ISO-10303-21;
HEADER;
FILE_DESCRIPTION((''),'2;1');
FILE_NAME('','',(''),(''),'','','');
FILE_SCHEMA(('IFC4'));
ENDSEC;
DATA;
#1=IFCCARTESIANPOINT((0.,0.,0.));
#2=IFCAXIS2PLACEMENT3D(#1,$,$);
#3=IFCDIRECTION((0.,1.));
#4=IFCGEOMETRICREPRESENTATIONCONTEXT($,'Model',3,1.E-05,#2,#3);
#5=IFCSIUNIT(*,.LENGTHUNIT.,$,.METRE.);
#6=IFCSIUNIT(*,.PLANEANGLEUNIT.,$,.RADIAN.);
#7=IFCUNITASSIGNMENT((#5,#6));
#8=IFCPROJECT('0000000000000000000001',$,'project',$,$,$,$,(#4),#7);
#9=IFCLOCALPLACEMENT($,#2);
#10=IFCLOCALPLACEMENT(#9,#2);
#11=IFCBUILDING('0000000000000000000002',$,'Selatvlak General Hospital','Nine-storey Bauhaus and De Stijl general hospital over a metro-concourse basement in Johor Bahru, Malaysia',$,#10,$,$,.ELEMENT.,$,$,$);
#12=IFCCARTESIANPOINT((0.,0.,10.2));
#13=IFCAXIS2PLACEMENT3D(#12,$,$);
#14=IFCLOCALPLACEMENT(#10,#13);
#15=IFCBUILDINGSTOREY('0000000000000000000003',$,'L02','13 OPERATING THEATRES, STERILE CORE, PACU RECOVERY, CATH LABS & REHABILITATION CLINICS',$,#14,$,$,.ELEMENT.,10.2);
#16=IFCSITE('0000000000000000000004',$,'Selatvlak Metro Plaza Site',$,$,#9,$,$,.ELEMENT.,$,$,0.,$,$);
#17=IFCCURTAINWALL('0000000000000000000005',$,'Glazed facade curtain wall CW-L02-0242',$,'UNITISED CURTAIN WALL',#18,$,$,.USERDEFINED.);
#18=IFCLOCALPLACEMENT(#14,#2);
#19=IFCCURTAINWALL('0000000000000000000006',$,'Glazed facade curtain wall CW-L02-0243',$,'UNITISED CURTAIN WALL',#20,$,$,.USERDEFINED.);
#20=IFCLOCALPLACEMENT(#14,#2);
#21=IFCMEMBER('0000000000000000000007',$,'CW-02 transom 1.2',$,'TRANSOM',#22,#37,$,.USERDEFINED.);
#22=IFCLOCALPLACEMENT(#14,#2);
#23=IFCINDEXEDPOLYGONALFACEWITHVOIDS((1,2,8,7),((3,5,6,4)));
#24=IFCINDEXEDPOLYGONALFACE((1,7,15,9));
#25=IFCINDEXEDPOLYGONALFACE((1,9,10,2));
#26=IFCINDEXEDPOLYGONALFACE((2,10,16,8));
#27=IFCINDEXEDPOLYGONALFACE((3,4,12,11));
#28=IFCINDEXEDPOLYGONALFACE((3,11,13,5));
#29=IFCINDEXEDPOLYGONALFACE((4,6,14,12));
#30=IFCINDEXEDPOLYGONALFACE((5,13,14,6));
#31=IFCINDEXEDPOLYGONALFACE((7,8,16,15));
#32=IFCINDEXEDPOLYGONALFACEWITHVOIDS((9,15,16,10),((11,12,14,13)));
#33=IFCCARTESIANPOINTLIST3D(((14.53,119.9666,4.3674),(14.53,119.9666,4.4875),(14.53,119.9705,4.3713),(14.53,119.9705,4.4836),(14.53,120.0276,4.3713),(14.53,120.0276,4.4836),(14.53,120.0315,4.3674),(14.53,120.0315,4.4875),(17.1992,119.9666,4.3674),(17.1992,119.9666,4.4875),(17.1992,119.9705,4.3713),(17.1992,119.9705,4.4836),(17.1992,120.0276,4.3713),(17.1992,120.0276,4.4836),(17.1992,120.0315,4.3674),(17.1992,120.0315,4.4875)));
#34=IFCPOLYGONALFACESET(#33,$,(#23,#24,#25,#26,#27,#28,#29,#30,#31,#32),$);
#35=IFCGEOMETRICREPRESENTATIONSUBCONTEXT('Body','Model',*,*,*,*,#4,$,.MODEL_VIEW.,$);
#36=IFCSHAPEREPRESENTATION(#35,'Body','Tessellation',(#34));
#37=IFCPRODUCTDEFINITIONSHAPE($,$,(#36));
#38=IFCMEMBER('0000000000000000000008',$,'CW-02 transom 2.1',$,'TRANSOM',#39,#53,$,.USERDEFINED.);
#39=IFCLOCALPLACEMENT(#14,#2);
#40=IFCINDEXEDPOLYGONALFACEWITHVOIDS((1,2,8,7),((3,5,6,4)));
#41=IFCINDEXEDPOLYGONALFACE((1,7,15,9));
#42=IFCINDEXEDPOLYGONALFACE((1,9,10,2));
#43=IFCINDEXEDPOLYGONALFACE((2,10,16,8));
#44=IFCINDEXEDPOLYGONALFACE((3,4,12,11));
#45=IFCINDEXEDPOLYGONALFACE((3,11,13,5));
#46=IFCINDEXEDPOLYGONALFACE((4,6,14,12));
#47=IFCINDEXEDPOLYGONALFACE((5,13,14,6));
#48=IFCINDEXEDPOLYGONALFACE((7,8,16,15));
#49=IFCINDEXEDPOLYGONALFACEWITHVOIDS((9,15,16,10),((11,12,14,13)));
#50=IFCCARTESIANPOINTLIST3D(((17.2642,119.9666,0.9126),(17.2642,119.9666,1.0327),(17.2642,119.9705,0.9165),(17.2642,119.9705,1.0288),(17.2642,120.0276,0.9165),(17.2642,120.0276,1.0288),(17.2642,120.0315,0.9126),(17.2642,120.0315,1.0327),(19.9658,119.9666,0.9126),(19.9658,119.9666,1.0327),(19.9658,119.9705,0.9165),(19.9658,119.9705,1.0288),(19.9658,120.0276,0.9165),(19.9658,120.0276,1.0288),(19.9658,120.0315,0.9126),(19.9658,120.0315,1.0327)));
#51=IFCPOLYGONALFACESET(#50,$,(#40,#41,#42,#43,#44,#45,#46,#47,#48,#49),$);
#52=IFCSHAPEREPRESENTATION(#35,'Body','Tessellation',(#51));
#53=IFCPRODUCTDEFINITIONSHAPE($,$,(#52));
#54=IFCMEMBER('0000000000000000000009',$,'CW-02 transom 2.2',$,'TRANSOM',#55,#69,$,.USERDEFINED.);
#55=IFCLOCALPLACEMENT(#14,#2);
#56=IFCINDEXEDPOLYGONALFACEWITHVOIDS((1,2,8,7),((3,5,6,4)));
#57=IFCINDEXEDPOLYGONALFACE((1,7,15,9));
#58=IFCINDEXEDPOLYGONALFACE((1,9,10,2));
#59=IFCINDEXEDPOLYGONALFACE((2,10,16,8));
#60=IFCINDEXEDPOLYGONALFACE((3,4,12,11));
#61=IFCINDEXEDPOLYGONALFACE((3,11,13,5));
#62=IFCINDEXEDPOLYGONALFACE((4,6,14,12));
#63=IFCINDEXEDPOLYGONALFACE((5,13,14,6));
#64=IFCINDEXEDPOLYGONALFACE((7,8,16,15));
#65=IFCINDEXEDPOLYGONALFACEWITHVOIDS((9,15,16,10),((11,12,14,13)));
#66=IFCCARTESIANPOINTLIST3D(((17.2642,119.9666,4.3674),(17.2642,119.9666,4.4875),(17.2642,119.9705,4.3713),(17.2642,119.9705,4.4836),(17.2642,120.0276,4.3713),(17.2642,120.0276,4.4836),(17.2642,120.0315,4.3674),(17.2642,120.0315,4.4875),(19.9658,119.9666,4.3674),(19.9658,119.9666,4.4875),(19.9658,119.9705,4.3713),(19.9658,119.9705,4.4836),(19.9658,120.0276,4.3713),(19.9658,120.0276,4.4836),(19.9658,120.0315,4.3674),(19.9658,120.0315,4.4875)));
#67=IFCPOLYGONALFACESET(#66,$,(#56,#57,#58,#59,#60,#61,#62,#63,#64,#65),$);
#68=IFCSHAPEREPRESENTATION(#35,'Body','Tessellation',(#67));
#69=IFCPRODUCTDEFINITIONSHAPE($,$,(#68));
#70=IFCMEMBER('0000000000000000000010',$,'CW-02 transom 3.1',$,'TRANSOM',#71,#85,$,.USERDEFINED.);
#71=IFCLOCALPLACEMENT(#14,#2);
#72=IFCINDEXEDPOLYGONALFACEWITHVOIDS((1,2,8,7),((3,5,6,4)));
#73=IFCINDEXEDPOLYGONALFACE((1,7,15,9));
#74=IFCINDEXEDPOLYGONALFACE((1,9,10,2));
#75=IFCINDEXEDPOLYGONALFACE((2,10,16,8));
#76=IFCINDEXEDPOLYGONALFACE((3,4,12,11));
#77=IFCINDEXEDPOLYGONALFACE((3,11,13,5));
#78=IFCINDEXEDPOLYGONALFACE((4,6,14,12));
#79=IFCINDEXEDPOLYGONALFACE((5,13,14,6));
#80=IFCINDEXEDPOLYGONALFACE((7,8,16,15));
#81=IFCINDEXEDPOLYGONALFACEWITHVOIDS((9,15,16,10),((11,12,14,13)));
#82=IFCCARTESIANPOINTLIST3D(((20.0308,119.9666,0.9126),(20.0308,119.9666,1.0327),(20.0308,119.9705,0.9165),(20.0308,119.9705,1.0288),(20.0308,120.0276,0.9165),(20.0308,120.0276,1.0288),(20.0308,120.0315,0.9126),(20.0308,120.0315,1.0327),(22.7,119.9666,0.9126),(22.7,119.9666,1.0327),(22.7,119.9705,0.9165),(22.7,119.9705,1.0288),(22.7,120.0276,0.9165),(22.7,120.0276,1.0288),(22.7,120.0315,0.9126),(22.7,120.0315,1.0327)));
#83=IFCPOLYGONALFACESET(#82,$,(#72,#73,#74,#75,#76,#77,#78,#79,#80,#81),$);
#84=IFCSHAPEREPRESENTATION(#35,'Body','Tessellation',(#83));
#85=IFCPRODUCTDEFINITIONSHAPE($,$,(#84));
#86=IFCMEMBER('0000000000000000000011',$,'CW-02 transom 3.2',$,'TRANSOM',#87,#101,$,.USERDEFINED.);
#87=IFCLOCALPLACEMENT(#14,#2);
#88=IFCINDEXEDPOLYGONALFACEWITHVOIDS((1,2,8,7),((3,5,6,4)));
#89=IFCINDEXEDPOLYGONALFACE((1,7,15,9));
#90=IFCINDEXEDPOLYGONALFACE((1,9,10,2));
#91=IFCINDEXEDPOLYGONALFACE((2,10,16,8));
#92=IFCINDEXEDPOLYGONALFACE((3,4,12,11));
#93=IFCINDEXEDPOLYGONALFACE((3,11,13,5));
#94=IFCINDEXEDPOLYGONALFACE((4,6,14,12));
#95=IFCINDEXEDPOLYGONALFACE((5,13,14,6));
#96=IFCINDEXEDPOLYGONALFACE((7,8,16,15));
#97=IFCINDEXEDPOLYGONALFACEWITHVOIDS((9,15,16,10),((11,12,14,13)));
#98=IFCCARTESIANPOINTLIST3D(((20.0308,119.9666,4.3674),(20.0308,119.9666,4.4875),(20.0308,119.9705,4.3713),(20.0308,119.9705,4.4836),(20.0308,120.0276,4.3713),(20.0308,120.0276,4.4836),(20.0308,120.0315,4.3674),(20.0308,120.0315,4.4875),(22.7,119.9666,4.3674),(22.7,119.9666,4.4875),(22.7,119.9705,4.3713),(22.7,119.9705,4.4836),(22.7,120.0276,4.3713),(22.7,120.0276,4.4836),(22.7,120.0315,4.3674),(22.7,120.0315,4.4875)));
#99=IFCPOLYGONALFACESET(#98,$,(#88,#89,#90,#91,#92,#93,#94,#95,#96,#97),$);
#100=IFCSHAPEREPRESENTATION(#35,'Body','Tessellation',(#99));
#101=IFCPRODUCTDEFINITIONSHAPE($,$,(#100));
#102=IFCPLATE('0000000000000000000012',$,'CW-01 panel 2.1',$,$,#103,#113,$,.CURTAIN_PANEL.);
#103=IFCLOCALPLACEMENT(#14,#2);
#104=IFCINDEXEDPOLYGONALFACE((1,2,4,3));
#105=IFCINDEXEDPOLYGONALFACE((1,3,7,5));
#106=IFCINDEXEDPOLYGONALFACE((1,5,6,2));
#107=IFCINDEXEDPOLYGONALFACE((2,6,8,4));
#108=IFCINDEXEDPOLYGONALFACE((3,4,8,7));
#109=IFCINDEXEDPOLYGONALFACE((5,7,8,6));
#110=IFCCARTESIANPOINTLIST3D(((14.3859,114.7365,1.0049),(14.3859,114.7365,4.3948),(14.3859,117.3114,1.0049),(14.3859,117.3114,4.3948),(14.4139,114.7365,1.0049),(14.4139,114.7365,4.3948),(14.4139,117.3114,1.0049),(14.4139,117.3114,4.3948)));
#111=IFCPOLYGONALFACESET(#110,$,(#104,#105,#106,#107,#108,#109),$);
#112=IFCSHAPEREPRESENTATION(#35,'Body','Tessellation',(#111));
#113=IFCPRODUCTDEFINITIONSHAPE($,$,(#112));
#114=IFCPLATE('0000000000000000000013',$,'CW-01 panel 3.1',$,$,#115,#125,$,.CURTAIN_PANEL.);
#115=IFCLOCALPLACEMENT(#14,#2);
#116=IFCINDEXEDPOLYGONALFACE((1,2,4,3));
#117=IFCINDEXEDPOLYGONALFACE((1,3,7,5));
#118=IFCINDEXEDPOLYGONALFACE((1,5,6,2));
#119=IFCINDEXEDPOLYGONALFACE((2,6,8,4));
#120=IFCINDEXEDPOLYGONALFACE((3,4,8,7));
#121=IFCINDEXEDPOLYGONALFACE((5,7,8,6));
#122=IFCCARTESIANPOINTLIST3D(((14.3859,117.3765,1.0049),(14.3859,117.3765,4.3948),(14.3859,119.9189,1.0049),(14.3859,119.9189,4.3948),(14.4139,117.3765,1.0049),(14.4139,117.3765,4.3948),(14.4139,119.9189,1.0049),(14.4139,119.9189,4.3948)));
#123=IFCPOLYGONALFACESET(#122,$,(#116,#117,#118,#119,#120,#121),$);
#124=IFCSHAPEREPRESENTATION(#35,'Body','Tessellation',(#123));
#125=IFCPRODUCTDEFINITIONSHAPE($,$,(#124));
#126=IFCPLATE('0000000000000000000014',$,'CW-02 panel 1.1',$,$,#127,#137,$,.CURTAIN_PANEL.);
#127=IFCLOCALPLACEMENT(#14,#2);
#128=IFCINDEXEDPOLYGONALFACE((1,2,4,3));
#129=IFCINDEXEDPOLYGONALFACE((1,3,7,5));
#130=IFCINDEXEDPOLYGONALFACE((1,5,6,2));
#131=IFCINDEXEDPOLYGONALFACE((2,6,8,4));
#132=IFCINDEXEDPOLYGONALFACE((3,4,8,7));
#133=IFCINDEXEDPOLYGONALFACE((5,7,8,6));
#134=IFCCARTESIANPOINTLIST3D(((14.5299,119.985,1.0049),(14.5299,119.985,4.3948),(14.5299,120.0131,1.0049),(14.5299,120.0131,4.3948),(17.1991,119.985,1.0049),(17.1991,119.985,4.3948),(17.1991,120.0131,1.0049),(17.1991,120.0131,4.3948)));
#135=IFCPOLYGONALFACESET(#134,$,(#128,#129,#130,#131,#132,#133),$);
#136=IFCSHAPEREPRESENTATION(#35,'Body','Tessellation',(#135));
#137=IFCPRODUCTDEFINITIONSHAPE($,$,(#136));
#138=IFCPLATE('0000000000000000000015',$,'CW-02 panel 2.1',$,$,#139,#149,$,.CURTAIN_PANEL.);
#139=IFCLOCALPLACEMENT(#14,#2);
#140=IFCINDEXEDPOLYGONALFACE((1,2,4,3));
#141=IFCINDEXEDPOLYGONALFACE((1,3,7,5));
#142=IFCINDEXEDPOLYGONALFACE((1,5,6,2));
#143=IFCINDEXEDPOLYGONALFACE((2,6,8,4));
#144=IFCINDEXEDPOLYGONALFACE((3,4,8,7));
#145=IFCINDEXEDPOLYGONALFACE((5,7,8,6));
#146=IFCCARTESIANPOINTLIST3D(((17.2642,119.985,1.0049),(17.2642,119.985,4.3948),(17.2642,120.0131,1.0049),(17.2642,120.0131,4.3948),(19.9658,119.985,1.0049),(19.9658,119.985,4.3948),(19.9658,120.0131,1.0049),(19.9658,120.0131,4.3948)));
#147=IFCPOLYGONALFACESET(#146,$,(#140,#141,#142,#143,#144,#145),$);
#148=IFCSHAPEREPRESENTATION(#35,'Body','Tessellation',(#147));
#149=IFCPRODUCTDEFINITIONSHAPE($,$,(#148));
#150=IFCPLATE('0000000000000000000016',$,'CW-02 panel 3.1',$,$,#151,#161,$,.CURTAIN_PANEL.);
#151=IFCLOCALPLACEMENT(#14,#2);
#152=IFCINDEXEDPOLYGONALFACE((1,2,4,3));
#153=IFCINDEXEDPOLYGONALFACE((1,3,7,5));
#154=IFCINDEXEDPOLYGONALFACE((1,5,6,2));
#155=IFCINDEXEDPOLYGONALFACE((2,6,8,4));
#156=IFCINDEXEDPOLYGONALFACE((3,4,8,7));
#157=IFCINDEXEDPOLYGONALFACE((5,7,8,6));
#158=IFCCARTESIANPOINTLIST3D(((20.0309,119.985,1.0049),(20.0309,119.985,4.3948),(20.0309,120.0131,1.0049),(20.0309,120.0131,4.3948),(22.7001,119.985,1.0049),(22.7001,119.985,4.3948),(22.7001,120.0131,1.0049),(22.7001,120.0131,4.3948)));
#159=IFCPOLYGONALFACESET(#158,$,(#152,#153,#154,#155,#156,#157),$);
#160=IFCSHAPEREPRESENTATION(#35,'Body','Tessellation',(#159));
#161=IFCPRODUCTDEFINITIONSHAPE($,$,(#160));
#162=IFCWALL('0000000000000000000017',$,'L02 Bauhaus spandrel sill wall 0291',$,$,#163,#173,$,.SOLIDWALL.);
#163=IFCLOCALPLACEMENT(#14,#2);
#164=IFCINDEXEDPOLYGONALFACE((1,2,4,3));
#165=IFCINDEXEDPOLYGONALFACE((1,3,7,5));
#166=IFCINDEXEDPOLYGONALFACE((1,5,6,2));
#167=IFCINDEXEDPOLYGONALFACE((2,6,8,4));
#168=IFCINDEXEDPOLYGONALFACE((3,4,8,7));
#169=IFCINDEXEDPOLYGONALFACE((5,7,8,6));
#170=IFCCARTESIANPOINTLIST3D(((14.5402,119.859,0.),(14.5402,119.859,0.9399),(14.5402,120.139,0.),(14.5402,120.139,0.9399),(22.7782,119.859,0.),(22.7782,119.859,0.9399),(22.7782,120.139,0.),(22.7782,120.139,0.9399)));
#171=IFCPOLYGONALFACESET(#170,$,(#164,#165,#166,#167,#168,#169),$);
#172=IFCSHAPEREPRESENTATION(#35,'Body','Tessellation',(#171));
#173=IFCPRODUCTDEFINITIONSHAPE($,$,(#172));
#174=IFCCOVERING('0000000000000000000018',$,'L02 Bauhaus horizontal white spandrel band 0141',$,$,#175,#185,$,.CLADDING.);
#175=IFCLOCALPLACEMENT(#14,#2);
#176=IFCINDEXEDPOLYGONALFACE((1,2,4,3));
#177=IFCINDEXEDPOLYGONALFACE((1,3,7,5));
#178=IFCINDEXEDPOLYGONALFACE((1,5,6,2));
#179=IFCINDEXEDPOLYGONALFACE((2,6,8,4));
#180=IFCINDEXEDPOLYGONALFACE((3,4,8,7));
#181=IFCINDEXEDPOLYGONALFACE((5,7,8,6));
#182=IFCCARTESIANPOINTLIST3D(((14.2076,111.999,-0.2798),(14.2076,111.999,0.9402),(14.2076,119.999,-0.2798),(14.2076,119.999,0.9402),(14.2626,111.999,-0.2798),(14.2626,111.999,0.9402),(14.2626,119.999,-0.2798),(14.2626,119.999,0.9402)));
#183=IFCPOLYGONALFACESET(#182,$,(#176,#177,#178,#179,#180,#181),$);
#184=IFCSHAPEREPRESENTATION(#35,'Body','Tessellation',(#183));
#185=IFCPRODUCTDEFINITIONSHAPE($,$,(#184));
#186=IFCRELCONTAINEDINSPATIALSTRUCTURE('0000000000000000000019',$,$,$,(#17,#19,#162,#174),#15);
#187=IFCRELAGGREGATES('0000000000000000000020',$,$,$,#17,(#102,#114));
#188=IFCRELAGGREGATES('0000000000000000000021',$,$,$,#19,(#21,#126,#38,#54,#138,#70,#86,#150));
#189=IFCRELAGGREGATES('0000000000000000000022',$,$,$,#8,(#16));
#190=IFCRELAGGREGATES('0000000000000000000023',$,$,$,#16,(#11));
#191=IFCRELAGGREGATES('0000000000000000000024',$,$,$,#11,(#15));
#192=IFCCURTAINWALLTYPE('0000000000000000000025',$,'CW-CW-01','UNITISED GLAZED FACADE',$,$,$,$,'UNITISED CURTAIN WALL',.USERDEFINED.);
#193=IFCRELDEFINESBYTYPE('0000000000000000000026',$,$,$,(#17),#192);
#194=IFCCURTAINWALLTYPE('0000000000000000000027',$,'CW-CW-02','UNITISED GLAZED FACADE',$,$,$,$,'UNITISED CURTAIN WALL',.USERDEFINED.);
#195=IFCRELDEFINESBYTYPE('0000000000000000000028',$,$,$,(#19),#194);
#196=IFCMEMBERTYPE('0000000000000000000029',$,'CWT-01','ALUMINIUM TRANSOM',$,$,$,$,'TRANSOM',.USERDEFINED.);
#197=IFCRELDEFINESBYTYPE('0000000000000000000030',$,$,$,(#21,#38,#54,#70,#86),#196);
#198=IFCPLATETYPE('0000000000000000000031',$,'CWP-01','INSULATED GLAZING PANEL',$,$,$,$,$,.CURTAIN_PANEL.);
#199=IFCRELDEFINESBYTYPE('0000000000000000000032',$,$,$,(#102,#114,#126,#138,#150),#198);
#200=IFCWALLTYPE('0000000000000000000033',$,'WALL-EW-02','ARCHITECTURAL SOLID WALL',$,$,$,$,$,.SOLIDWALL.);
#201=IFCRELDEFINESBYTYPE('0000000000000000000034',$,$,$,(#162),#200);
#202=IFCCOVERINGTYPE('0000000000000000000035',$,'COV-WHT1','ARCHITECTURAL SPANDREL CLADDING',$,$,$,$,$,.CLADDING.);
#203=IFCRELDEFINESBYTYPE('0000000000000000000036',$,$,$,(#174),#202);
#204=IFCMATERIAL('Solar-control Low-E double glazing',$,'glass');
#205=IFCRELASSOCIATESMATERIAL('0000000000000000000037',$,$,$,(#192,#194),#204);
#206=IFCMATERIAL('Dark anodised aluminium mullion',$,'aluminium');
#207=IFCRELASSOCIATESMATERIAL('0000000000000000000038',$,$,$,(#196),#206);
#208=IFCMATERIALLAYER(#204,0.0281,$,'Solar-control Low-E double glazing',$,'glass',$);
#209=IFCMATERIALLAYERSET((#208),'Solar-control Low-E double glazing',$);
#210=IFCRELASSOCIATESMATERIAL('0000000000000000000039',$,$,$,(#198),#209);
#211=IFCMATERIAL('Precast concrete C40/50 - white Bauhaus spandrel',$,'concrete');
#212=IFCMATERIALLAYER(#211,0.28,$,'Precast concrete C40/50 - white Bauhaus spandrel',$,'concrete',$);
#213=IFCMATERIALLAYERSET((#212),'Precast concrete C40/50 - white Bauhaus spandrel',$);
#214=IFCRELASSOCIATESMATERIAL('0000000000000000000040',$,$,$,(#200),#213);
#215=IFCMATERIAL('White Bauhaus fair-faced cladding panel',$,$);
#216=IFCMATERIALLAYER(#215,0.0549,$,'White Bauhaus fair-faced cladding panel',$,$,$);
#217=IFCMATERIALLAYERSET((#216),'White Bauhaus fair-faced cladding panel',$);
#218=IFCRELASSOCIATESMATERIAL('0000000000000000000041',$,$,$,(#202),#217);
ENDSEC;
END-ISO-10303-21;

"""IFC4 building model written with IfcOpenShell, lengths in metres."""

from ifc_helpers import new_model, si_unit, direction, frame, frame_2d, origin, origin_2d, place, context, subcontext, project, spatial, rectangle, hollow_rectangle, extrude, material, layer, layer_set, material_profile, profile_set, type_object, element, aggregate, save


model = new_model("IFC4")

# Units and contexts
model_context = context("Model", 3, precision=1e-05, world=origin(), true_north=direction((0.0, 1.0)))
body_context = subcontext(model_context, "Body", "Model", "MODEL_VIEW")
ifc_project = project(units=[si_unit("LENGTHUNIT", "METRE"), si_unit("PLANEANGLEUNIT", "RADIAN")], contexts=[model_context])

# Site, building, storey
site_placement = place(None, origin())
site = spatial("IfcSite", under=ifc_project, at=site_placement, Name="Selatvlak Metro Plaza Site", CompositionType="ELEMENT", RefElevation=0.0)
building_placement = place(site_placement, origin())
building = spatial("IfcBuilding", under=site, at=building_placement, Name="Selatvlak General Hospital", Description="Nine-storey Bauhaus and De Stijl general hospital over a metro-concourse basement in Johor Bahru, Malaysia", CompositionType="ELEMENT")
storey_placement = place(building_placement, frame((0.0, 0.0, 10.2)))
storey = spatial("IfcBuildingStorey", under=building, at=storey_placement, Name="L02", Description="13 OPERATING THEATRES, STERILE CORE, PACU RECOVERY, CATH LABS & REHABILITATION CLINICS", CompositionType="ELEMENT", Elevation=10.2)

# Curtain walls
ifc_material_1 = material(Name="Solar-control Low-E double glazing", Category="glass")
curtain_wall_type_1 = type_object("IfcCurtainWallType", Name="CW-CW-01", Description="UNITISED GLAZED FACADE", ElementType="UNITISED CURTAIN WALL", PredefinedType="USERDEFINED", material=ifc_material_1)
curtain_wall_1_placement = place(storey_placement, origin())
curtain_wall_1 = element("IfcCurtainWall", 1, at=curtain_wall_1_placement, inside=storey, type_object=curtain_wall_type_1, Name="Glazed facade curtain wall CW-L02-0242", ObjectType="UNITISED CURTAIN WALL", PredefinedType="USERDEFINED")
ifc_material_2 = material(Name="Dark anodised aluminium mullion", Category="aluminium")
curtain_wall_type_2 = type_object("IfcCurtainWallType", Name="CW-CW-02", Description="UNITISED GLAZED FACADE", ElementType="UNITISED CURTAIN WALL", PredefinedType="USERDEFINED", material=ifc_material_1)
curtain_wall_2_placement = place(storey_placement, origin())
curtain_wall_2 = element("IfcCurtainWall", 2, at=curtain_wall_2_placement, inside=storey, type_object=curtain_wall_type_2, Name="Glazed facade curtain wall CW-L02-0243", ObjectType="UNITISED CURTAIN WALL", PredefinedType="USERDEFINED")

# Members
ifc_material_profile_1 = material_profile(ifc_material_2, hollow_rectangle(XDim=0.0649, YDim=0.1201, WallThickness=0.0039, at=origin_2d()), Name="AL-TRN 65x120x4")
ifc_profile_set_1 = profile_set([ifc_material_profile_1], Name="Dark anodised aluminium mullion")
member_type_1 = type_object("IfcMemberType", Name="CWT-01", Description="ALUMINIUM TRANSOM", ElementType="TRANSOM", PredefinedType="USERDEFINED", material=ifc_profile_set_1)
member_1_placement = place(storey_placement, frame((14.53, 119.999, 4.4275), z_axis=(1.0, 0.0, 0.0), x_axis=(0.0, 1.0, 0.0)))
member_1 = element("IfcMember", 3, at=member_1_placement, type_object=member_type_1, Name="CW-02 transom 1.2", ObjectType="TRANSOM", PredefinedType="USERDEFINED", context=body_context, shape_type="SweptSolid", body=[
    extrude(hollow_rectangle(XDim=0.0649, YDim=0.1201, WallThickness=0.0039, at=origin_2d()), origin(), (0.0, 0.0, 1.0), 2.6692),
])
member_2_placement = place(storey_placement, frame((17.2642, 119.999, 0.9727), z_axis=(1.0, 0.0, 0.0), x_axis=(0.0, 1.0, 0.0)))
member_2 = element("IfcMember", 4, at=member_2_placement, type_object=member_type_1, Name="CW-02 transom 2.1", ObjectType="TRANSOM", PredefinedType="USERDEFINED", context=body_context, shape_type="SweptSolid", body=[
    extrude(hollow_rectangle(XDim=0.0649, YDim=0.1201, WallThickness=0.0039, at=origin_2d()), origin(), (0.0, 0.0, 1.0), 2.7017),
])
member_3_placement = place(storey_placement, frame((17.2642, 119.999, 4.4275), z_axis=(1.0, 0.0, 0.0), x_axis=(0.0, 1.0, 0.0)))
member_3 = element("IfcMember", 5, at=member_3_placement, type_object=member_type_1, Name="CW-02 transom 2.2", ObjectType="TRANSOM", PredefinedType="USERDEFINED", context=body_context, shape_type="SweptSolid", body=[
    extrude(hollow_rectangle(XDim=0.0649, YDim=0.1201, WallThickness=0.0039, at=origin_2d()), origin(), (0.0, 0.0, 1.0), 2.7017),
])
member_4_placement = place(storey_placement, frame((20.0308, 119.999, 0.9727), z_axis=(1.0, 0.0, 0.0), x_axis=(0.0, 1.0, 0.0)))
member_4 = element("IfcMember", 6, at=member_4_placement, type_object=member_type_1, Name="CW-02 transom 3.1", ObjectType="TRANSOM", PredefinedType="USERDEFINED", context=body_context, shape_type="SweptSolid", body=[
    extrude(hollow_rectangle(XDim=0.0649, YDim=0.1201, WallThickness=0.0039, at=origin_2d()), origin(), (0.0, 0.0, 1.0), 2.6692),
])
member_5_placement = place(storey_placement, frame((20.0308, 119.999, 4.4275), z_axis=(1.0, 0.0, 0.0), x_axis=(0.0, 1.0, 0.0)))
member_5 = element("IfcMember", 7, at=member_5_placement, type_object=member_type_1, Name="CW-02 transom 3.2", ObjectType="TRANSOM", PredefinedType="USERDEFINED", context=body_context, shape_type="SweptSolid", body=[
    extrude(hollow_rectangle(XDim=0.0649, YDim=0.1201, WallThickness=0.0039, at=origin_2d()), origin(), (0.0, 0.0, 1.0), 2.6692),
])

# Plates
ifc_layer_1 = layer(ifc_material_1, 0.0281, Name="Solar-control Low-E double glazing", Category="glass")
ifc_layer_set_1 = layer_set([ifc_layer_1], Name="Solar-control Low-E double glazing")
plate_type = type_object("IfcPlateType", Name="CWP-01", Description="INSULATED GLAZING PANEL", PredefinedType="CURTAIN_PANEL", material=ifc_layer_set_1)
plate_1_placement = place(storey_placement, frame((14.3999, 116.0239, 1.0049), z_axis=(0.0, 0.0, 1.0), x_axis=(0.0, 1.0, 0.0)))
plate_1 = element("IfcPlate", 8, at=plate_1_placement, type_object=plate_type, Name="CW-01 panel 2.1", PredefinedType="CURTAIN_PANEL", context=body_context, shape_type="SweptSolid", body=[
    extrude(rectangle(XDim=2.575, YDim=0.0281, at=origin_2d()), origin(), (0.0, 0.0, 1.0), 3.3899),
])
plate_2_placement = place(storey_placement, frame((14.3999, 118.6477, 1.0049), z_axis=(0.0, 0.0, 1.0), x_axis=(0.0, 1.0, 0.0)))
plate_2 = element("IfcPlate", 9, at=plate_2_placement, type_object=plate_type, Name="CW-01 panel 3.1", PredefinedType="CURTAIN_PANEL", context=body_context, shape_type="SweptSolid", body=[
    extrude(rectangle(XDim=2.5425, YDim=0.0281, at=origin_2d()), origin(), (0.0, 0.0, 1.0), 3.3899),
])
aggregate(curtain_wall_1, [plate_1, plate_2])
plate_3_placement = place(storey_placement, frame((15.8645, 119.999, 1.0049), z_axis=(0.0, 0.0, 1.0), x_axis=(1.0, 0.0, 0.0)))
plate_3 = element("IfcPlate", 10, at=plate_3_placement, type_object=plate_type, Name="CW-02 panel 1.1", PredefinedType="CURTAIN_PANEL", context=body_context, shape_type="SweptSolid", body=[
    extrude(rectangle(XDim=2.6692, YDim=0.0281, at=origin_2d()), origin(), (0.0, 0.0, 1.0), 3.3899),
])
plate_4_placement = place(storey_placement, frame((18.615, 119.999, 1.0049), z_axis=(0.0, 0.0, 1.0), x_axis=(1.0, 0.0, 0.0)))
plate_4 = element("IfcPlate", 11, at=plate_4_placement, type_object=plate_type, Name="CW-02 panel 2.1", PredefinedType="CURTAIN_PANEL", context=body_context, shape_type="SweptSolid", body=[
    extrude(rectangle(XDim=2.7017, YDim=0.0281, at=origin_2d()), origin(), (0.0, 0.0, 1.0), 3.3899),
])
plate_5_placement = place(storey_placement, frame((21.3655, 119.999, 1.0049), z_axis=(0.0, 0.0, 1.0), x_axis=(1.0, 0.0, 0.0)))
plate_5 = element("IfcPlate", 12, at=plate_5_placement, type_object=plate_type, Name="CW-02 panel 3.1", PredefinedType="CURTAIN_PANEL", context=body_context, shape_type="SweptSolid", body=[
    extrude(rectangle(XDim=2.6692, YDim=0.0281, at=origin_2d()), origin(), (0.0, 0.0, 1.0), 3.3899),
])
aggregate(curtain_wall_2, [member_1, plate_3, member_2, member_3, plate_4, member_4, member_5, plate_5])

# Wall
ifc_material_3 = material(Name="Precast concrete C40/50 - white Bauhaus spandrel", Category="concrete")
ifc_layer_2 = layer(ifc_material_3, 0.28, Name="Precast concrete C40/50 - white Bauhaus spandrel", Category="concrete")
ifc_layer_set_2 = layer_set([ifc_layer_2], Name="Precast concrete C40/50 - white Bauhaus spandrel")
wall_type = type_object("IfcWallType", Name="WALL-EW-02", Description="ARCHITECTURAL SOLID WALL", PredefinedType="SOLIDWALL", material=ifc_layer_set_2)
wall_placement = place(storey_placement, frame((14.54, 119.999, 0.0), z_axis=(0.0, 0.0, 1.0), x_axis=(1.0, 0.0, 0.0)))
element("IfcWall", 13, at=wall_placement, inside=storey, type_object=wall_type, Name="L02 Bauhaus spandrel sill wall 0291", PredefinedType="SOLIDWALL", context=body_context, shape_type="SweptSolid", body=[
    extrude(rectangle(XDim=8.238, YDim=0.28, at=frame_2d((4.1191, 0.0))), origin(), (0.0, 0.0, 1.0), 0.9399),
])

# Covering
ifc_material_4 = material(Name="White Bauhaus fair-faced cladding panel")
ifc_layer_3 = layer(ifc_material_4, 0.0549, Name="White Bauhaus fair-faced cladding panel")
ifc_layer_set_3 = layer_set([ifc_layer_3], Name="White Bauhaus fair-faced cladding panel")
covering_type = type_object("IfcCoveringType", Name="COV-WHT1", Description="ARCHITECTURAL SPANDREL CLADDING", PredefinedType="CLADDING", material=ifc_layer_set_3)
covering_1_placement = place(storey_placement, frame((14.2351, 115.999, -0.2798), z_axis=(0.0, 0.0, 1.0), x_axis=(0.0, 1.0, 0.0)))
element("IfcCovering", 14, at=covering_1_placement, inside=storey, type_object=covering_type, Name="L02 Bauhaus horizontal white spandrel band 0141", PredefinedType="CLADDING", context=body_context, shape_type="SweptSolid", body=[
    extrude(rectangle(XDim=8.0, YDim=0.0549, at=origin_2d()), origin(), (0.0, 0.0, 1.0), 1.22),
])

save(model, "model.ifc")
